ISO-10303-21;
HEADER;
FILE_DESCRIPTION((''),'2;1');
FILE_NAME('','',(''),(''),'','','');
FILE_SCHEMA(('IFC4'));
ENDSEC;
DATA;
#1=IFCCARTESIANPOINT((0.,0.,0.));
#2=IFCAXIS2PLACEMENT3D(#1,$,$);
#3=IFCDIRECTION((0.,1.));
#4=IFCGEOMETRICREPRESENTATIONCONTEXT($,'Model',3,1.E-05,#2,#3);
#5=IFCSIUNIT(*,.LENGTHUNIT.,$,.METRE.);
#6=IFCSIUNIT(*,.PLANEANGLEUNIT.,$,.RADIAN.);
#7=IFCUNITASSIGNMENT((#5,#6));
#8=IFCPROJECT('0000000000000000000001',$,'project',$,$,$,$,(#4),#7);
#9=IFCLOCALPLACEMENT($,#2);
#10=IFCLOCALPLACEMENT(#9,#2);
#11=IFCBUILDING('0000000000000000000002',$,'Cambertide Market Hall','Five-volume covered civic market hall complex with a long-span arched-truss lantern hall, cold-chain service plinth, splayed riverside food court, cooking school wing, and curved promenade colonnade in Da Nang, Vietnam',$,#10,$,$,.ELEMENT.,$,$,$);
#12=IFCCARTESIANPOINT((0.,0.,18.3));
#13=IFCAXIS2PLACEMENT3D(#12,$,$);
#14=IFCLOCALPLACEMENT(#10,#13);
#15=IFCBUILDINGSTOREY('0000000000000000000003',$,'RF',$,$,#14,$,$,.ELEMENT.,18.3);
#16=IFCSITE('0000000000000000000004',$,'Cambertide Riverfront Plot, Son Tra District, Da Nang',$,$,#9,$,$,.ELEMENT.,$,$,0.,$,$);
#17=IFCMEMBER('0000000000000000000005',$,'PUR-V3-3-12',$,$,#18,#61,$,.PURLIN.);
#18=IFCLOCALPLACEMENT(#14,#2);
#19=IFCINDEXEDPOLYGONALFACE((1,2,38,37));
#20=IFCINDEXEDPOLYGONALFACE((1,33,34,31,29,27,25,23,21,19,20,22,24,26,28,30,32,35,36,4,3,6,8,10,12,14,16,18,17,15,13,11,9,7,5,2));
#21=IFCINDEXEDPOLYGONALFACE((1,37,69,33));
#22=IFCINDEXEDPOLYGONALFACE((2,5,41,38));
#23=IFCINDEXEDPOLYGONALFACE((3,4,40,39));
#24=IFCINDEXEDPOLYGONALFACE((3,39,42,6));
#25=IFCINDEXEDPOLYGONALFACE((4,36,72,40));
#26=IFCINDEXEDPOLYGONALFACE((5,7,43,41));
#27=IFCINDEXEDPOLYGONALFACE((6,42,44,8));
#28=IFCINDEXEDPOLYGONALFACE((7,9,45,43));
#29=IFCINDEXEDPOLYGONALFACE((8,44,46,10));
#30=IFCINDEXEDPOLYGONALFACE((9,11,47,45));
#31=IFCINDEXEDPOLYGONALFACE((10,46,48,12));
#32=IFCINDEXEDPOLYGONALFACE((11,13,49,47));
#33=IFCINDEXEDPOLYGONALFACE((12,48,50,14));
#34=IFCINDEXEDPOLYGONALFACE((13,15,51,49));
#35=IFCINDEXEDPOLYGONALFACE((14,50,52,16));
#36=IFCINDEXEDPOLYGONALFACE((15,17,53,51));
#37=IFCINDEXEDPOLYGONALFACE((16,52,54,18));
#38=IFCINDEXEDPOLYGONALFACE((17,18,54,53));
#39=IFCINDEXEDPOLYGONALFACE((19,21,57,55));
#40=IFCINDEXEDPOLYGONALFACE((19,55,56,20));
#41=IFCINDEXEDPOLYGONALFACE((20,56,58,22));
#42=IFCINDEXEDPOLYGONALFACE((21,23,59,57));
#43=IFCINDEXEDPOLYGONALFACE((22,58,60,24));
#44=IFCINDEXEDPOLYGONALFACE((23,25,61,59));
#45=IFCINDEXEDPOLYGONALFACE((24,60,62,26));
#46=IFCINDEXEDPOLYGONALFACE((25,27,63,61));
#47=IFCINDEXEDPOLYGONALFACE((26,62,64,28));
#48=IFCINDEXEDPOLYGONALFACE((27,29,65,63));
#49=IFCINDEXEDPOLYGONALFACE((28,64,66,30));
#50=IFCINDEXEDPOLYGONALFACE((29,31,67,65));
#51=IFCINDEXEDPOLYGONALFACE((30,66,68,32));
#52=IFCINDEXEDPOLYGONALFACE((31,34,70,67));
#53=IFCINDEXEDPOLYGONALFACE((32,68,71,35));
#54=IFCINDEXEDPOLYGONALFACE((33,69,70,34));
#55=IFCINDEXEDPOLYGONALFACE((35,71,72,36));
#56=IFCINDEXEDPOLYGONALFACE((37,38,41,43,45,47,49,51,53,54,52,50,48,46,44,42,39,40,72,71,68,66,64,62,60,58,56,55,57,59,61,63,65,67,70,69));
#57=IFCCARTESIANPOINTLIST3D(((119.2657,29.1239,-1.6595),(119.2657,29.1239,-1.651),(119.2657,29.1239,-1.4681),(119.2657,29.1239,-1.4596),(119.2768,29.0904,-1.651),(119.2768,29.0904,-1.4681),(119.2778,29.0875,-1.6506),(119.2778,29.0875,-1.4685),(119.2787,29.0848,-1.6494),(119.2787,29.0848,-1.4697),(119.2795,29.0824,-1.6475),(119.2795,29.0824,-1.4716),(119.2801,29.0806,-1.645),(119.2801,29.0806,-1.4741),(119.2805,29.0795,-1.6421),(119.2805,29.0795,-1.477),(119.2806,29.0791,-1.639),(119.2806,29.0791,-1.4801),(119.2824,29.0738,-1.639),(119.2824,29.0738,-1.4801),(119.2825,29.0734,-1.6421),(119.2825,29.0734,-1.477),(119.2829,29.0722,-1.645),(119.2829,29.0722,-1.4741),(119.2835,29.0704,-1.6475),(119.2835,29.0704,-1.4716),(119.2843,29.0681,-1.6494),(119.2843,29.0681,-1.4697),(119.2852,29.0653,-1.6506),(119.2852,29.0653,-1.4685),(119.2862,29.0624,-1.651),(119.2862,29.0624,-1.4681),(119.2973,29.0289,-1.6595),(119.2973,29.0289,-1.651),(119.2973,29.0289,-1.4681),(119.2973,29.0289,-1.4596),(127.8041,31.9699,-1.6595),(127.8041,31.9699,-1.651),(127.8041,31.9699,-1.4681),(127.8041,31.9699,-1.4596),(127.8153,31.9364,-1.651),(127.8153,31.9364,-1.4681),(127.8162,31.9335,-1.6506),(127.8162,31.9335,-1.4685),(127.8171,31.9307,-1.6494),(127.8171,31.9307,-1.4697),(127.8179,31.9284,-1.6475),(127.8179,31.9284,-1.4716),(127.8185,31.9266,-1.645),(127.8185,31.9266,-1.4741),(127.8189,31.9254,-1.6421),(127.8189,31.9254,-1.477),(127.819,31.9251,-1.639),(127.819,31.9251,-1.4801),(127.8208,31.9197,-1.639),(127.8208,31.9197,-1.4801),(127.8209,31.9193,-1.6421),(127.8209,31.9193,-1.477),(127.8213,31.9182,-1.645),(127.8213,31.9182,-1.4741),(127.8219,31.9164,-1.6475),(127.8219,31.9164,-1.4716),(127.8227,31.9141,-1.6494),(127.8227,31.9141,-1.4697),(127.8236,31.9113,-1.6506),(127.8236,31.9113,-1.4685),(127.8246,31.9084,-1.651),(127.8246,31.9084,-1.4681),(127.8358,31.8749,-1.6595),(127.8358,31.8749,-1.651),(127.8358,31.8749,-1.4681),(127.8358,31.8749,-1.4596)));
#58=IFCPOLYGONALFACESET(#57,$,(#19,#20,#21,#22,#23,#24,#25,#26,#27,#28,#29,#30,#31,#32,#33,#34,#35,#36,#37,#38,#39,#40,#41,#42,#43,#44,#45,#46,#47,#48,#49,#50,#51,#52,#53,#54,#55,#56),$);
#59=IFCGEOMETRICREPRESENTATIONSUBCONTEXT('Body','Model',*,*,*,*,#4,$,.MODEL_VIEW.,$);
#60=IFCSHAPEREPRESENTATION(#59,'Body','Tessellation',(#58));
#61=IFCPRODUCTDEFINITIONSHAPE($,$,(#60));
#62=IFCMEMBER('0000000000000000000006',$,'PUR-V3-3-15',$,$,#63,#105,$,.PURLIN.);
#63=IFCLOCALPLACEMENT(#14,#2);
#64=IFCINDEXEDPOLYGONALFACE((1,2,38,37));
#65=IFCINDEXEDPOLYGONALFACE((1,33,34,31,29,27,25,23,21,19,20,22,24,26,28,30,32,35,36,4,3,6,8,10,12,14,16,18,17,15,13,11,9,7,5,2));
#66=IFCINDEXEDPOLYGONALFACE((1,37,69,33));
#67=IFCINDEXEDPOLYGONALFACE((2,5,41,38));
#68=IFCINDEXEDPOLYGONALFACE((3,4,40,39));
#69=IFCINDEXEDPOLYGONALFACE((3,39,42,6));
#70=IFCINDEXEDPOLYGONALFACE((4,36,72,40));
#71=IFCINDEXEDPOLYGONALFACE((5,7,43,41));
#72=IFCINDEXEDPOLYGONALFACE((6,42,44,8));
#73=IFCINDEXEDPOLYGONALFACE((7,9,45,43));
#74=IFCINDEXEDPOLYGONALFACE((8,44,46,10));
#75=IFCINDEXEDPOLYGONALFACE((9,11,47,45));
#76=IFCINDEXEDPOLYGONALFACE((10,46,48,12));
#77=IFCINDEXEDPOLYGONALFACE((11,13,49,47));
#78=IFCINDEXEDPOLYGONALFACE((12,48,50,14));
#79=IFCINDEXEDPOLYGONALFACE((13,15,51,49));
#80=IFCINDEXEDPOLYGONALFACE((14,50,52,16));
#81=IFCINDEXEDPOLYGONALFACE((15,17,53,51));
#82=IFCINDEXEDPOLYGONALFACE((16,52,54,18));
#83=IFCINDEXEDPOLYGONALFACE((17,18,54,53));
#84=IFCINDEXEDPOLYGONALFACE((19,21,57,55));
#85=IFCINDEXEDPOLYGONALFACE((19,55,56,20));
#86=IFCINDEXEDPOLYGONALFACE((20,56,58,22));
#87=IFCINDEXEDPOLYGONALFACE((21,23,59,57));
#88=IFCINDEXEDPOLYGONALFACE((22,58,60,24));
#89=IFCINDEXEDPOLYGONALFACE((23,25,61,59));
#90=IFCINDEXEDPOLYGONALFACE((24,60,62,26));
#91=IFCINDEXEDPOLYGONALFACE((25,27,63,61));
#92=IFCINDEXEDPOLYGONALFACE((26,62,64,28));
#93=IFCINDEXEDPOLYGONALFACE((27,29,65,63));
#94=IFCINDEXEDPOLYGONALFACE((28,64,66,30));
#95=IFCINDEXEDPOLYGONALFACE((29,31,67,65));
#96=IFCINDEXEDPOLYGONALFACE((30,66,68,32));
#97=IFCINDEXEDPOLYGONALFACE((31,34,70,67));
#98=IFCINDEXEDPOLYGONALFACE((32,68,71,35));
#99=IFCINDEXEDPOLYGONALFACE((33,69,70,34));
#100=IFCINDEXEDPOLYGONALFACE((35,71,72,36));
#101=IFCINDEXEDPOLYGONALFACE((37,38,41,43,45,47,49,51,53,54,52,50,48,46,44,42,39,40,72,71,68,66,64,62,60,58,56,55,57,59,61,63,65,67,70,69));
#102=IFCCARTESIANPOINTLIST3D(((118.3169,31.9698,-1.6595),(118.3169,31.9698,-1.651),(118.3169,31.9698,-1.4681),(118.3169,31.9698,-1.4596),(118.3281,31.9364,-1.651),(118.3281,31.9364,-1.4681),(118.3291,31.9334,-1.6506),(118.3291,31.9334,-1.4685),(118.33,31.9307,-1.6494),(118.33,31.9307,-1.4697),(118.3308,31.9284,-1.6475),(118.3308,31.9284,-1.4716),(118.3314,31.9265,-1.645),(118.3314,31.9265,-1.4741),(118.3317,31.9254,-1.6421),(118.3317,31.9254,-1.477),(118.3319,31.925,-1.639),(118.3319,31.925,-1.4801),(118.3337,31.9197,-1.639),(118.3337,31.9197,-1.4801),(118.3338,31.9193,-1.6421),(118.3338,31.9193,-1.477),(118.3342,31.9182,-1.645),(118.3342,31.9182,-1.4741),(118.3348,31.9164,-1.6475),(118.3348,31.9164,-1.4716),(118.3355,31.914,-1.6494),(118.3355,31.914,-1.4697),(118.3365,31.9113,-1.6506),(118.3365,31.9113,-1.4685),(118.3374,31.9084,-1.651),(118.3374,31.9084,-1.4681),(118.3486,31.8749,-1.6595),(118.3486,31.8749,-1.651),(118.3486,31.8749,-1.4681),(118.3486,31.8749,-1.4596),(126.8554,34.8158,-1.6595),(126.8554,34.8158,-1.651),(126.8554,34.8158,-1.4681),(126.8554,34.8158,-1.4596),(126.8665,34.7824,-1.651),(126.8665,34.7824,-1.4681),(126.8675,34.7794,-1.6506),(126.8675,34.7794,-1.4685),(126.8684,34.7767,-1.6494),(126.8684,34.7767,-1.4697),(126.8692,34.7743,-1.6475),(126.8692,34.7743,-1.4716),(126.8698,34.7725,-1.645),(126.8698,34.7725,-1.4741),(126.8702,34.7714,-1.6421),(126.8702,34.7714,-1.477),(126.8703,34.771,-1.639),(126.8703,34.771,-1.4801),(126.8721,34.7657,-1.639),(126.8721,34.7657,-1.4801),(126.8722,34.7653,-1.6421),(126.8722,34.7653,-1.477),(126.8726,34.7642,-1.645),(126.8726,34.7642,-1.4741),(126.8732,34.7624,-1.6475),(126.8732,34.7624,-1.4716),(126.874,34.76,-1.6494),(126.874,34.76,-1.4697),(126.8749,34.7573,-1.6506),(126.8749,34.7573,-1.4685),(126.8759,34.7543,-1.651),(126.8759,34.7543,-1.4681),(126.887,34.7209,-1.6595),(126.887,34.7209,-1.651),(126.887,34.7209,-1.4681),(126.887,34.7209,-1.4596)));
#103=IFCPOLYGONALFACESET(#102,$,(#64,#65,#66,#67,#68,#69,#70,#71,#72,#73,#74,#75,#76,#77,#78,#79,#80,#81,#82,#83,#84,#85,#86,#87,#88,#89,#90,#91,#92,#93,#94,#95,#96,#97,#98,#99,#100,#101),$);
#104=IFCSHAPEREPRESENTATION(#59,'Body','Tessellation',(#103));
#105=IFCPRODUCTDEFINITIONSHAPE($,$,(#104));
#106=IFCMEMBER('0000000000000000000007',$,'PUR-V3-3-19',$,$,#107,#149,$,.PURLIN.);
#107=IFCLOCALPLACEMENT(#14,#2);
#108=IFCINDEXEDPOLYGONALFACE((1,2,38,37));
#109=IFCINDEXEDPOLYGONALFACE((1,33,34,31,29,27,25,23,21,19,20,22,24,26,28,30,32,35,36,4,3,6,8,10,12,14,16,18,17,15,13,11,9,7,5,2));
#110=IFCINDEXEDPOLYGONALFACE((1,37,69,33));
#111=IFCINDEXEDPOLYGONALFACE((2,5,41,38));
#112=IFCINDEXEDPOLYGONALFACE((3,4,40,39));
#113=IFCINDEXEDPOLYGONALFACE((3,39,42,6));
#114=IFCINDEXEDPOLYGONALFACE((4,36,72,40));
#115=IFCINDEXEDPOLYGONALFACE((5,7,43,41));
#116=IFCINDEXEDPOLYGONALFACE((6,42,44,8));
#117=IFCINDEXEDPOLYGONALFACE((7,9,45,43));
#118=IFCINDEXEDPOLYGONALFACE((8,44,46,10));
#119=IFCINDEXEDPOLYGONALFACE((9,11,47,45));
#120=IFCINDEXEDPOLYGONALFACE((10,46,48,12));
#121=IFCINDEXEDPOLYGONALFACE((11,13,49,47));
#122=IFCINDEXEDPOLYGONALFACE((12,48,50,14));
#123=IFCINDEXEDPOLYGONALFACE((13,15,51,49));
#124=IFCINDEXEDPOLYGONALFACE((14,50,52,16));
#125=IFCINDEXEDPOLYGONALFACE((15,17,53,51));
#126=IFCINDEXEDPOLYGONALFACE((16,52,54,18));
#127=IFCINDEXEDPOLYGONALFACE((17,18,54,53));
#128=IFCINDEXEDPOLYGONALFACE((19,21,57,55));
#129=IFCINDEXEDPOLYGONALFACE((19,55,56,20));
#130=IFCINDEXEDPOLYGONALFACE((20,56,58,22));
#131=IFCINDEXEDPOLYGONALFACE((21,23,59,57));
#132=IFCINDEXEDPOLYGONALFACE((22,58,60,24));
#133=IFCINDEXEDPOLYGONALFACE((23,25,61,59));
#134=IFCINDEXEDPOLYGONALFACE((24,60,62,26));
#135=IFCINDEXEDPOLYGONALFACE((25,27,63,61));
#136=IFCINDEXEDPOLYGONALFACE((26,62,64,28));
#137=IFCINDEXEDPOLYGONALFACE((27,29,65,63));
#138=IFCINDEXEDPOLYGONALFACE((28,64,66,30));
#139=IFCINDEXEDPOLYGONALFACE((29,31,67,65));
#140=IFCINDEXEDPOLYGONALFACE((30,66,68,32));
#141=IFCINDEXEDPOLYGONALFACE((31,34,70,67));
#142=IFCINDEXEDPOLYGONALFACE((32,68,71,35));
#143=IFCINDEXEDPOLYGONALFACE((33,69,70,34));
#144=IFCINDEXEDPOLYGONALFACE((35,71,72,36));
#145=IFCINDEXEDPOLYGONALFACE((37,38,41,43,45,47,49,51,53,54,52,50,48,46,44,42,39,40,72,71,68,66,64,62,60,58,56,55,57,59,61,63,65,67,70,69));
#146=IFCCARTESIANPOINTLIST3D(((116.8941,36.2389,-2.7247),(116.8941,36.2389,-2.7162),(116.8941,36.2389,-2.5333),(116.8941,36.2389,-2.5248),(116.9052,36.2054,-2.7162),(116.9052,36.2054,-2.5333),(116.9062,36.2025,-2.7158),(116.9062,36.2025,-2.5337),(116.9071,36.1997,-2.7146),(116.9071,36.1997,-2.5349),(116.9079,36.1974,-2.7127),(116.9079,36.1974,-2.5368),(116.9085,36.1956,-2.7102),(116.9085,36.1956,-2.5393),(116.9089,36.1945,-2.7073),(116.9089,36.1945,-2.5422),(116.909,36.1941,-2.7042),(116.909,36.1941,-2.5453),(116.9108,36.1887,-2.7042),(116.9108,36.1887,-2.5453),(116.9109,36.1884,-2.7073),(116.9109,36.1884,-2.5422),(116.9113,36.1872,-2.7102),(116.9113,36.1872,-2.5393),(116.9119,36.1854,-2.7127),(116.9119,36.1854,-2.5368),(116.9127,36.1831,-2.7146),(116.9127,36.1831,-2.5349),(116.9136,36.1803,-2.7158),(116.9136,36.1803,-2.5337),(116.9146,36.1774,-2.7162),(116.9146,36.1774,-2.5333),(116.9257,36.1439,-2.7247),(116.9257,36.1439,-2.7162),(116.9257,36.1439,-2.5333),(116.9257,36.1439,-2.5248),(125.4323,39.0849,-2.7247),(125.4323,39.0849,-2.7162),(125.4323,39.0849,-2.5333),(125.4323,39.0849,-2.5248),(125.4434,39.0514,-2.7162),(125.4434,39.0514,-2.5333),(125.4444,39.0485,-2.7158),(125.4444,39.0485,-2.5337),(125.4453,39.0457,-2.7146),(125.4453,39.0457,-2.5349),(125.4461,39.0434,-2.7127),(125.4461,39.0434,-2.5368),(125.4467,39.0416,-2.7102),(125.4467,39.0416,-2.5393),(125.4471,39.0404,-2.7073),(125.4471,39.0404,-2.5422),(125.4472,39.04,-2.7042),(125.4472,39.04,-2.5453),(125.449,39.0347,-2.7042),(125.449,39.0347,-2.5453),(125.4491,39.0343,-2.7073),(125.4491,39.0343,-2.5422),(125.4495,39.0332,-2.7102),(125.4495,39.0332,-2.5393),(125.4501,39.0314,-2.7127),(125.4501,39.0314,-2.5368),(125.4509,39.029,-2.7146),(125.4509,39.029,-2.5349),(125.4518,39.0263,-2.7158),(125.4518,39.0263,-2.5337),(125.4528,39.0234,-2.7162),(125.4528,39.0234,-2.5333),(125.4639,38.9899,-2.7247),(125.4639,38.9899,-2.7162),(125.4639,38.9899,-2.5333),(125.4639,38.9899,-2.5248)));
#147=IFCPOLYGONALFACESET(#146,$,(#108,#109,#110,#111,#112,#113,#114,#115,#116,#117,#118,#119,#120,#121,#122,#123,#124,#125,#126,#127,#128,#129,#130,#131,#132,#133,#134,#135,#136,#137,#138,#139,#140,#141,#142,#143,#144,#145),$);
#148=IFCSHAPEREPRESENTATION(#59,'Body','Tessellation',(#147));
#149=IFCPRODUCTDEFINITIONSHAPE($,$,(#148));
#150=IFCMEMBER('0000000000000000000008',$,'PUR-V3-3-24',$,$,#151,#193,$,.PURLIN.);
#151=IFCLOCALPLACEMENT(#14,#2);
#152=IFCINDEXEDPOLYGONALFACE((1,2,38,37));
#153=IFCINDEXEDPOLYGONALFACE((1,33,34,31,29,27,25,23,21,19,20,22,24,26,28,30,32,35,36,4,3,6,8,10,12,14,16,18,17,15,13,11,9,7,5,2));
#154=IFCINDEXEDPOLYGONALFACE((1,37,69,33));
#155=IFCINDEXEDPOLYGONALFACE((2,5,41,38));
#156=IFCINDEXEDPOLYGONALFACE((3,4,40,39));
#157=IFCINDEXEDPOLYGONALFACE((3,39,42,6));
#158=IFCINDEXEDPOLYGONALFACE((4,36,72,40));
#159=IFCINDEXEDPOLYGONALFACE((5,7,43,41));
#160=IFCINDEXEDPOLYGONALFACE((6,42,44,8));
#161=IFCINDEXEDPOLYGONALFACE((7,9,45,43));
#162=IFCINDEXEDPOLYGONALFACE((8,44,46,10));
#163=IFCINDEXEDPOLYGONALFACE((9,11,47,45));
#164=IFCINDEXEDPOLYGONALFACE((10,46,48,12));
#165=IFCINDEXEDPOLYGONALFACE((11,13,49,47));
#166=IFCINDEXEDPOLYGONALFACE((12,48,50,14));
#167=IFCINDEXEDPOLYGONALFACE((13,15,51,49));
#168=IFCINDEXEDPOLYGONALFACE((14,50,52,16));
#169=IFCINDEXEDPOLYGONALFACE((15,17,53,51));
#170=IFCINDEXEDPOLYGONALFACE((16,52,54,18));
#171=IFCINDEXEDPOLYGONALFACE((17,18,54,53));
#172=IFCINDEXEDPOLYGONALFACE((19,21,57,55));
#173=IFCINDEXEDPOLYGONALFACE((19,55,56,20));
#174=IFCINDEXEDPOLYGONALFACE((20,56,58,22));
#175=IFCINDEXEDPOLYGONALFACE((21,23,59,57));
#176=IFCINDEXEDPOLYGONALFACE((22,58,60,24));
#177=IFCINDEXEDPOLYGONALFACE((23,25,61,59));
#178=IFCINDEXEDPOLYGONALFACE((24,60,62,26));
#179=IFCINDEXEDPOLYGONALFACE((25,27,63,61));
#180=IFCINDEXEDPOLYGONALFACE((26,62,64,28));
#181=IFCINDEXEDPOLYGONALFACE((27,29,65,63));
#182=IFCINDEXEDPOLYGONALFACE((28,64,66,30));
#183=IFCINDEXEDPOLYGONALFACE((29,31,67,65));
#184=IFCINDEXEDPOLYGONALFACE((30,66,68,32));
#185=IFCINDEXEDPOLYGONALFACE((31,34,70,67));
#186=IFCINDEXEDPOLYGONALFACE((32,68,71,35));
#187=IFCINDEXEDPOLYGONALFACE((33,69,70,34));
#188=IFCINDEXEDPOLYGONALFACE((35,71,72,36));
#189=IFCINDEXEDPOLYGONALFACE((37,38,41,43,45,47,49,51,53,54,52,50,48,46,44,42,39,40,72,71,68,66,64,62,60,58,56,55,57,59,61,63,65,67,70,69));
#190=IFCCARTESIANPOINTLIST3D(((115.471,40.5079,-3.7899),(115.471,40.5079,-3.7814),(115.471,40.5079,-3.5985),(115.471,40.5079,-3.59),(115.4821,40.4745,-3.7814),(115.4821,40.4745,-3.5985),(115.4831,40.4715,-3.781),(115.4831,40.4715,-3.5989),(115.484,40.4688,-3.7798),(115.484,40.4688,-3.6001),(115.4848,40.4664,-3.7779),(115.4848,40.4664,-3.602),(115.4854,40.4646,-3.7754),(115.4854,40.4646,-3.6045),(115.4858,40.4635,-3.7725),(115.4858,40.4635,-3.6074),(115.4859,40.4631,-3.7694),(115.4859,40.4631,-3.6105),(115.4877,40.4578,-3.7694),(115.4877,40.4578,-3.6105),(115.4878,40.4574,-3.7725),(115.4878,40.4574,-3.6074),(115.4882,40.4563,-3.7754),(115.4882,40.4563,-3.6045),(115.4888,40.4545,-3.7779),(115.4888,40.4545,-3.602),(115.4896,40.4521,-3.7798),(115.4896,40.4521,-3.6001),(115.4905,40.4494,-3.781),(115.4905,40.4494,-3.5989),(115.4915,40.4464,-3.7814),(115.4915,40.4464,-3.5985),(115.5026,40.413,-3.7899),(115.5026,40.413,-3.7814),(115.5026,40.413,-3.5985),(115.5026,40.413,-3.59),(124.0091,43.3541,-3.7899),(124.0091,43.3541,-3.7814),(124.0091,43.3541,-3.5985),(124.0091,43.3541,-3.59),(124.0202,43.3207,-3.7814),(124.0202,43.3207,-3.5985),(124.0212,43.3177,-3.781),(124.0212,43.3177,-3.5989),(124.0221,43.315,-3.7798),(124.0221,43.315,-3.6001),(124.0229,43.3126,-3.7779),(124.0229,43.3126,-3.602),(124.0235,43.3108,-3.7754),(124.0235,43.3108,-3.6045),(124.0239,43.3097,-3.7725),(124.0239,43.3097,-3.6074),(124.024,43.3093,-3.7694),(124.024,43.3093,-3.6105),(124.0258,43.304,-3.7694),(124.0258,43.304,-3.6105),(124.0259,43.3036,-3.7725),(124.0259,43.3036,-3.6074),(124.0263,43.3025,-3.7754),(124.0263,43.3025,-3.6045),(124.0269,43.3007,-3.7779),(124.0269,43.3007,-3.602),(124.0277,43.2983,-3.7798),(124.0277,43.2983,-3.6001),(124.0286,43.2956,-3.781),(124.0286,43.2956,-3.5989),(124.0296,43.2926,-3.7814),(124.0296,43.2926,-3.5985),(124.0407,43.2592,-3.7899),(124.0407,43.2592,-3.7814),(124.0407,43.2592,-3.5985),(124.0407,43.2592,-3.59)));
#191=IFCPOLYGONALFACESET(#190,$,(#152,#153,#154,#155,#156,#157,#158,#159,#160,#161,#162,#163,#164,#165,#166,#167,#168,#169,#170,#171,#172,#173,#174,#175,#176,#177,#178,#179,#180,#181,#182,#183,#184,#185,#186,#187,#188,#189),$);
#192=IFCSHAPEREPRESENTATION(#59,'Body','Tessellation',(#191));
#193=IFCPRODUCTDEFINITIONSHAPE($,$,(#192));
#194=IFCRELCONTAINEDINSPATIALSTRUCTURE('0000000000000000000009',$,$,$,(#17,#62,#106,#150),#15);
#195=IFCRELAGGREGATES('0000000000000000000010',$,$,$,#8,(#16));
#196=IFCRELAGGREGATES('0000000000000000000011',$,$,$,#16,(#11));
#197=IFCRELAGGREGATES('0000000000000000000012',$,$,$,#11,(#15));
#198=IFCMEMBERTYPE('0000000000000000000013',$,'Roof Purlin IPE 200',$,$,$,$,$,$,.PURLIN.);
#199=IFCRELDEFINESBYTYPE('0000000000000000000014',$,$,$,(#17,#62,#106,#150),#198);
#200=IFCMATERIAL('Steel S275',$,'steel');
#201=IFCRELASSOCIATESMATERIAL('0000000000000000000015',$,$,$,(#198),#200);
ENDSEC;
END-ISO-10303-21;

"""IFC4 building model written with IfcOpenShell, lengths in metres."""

from ifc_helpers import new_model, si_unit, direction, frame, origin, origin_2d, place, context, subcontext, project, spatial, i_section, extrude, material, material_profile, profile_set, type_object, element, save


model = new_model("IFC4")

# Units and contexts
model_context = context("Model", 3, precision=1e-05, world=origin(), true_north=direction((0.0, 1.0)))
body_context = subcontext(model_context, "Body", "Model", "MODEL_VIEW")
ifc_project = project(units=[si_unit("LENGTHUNIT", "METRE"), si_unit("PLANEANGLEUNIT", "RADIAN")], contexts=[model_context])

# Site, building, storey
site_placement = place(None, origin())
site = spatial("IfcSite", under=ifc_project, at=site_placement, Name="Cambertide Riverfront Plot, Son Tra District, Da Nang", CompositionType="ELEMENT", RefElevation=0.0)
building_placement = place(site_placement, origin())
building = spatial("IfcBuilding", under=site, at=building_placement, Name="Cambertide Market Hall", Description="Five-volume covered civic market hall complex with a long-span arched-truss lantern hall, cold-chain service plinth, splayed riverside food court, cooking school wing, and curved promenade colonnade in Da Nang, Vietnam", CompositionType="ELEMENT")
storey_placement = place(building_placement, frame((0.0, 0.0, 18.3)))
storey = spatial("IfcBuildingStorey", under=building, at=storey_placement, Name="RF", CompositionType="ELEMENT", Elevation=18.3)

# Members
ifc_material_1 = material(Name="Steel S275", Category="steel")
ifc_material_profile_1 = material_profile(ifc_material_1, i_section(OverallWidth=0.1001, OverallDepth=0.2, WebThickness=0.0056, FlangeThickness=0.0085, FilletRadius=0.012, at=origin_2d()), Name="IPE 200")
ifc_profile_set_1 = profile_set([ifc_material_profile_1], Name="Steel S275")
member_type_1 = type_object("IfcMemberType", Name="Roof Purlin IPE 200", PredefinedType="PURLIN", material=ifc_profile_set_1)
for number, where, z_axis, x_axis, name in (
    (1, (119.2815, 29.0764, -1.5596), (0.948689, 0.316211, 0.0), (-0.316211, 0.948689, 0.0), "PUR-V3-3-12"),
    (2, (118.3328, 31.9224, -1.5596), (0.948689, 0.316211, 0.0), (-0.316211, 0.948689, 0.0), "PUR-V3-3-15"),
):
    element("IfcMember", number, at=place(storey_placement, frame(where, z_axis=z_axis, x_axis=x_axis)), inside=storey, type_object=member_type_1, Name=name, PredefinedType="PURLIN", context=body_context, shape_type="SweptSolid", body=[
        extrude(i_section(OverallWidth=0.1001, OverallDepth=0.2, WebThickness=0.0056, FlangeThickness=0.0085, FilletRadius=0.012, at=origin_2d()), origin(), (0.0, 0.0, 1.0), 9.0002),
    ])
for number, where, z_axis, x_axis, name in (
    (3, (116.9099, 36.1914, -2.6248), (0.948686, 0.31622, 0.0), (-0.31622, 0.948686, 0.0), "PUR-V3-3-19"),
    (4, (115.4868, 40.4604, -3.6899), (0.948678, 0.316244, 0.0), (-0.316244, 0.948678, 0.0), "PUR-V3-3-24"),
):
    element("IfcMember", number, at=place(storey_placement, frame(where, z_axis=z_axis, x_axis=x_axis)), inside=storey, type_object=member_type_1, Name=name, PredefinedType="PURLIN", context=body_context, shape_type="SweptSolid", body=[
        extrude(i_section(OverallWidth=0.1001, OverallDepth=0.2, WebThickness=0.0056, FlangeThickness=0.0085, FilletRadius=0.012, at=origin_2d()), origin(), (0.0, 0.0, 1.0), 9.0),
    ])

save(model, "model.ifc")
